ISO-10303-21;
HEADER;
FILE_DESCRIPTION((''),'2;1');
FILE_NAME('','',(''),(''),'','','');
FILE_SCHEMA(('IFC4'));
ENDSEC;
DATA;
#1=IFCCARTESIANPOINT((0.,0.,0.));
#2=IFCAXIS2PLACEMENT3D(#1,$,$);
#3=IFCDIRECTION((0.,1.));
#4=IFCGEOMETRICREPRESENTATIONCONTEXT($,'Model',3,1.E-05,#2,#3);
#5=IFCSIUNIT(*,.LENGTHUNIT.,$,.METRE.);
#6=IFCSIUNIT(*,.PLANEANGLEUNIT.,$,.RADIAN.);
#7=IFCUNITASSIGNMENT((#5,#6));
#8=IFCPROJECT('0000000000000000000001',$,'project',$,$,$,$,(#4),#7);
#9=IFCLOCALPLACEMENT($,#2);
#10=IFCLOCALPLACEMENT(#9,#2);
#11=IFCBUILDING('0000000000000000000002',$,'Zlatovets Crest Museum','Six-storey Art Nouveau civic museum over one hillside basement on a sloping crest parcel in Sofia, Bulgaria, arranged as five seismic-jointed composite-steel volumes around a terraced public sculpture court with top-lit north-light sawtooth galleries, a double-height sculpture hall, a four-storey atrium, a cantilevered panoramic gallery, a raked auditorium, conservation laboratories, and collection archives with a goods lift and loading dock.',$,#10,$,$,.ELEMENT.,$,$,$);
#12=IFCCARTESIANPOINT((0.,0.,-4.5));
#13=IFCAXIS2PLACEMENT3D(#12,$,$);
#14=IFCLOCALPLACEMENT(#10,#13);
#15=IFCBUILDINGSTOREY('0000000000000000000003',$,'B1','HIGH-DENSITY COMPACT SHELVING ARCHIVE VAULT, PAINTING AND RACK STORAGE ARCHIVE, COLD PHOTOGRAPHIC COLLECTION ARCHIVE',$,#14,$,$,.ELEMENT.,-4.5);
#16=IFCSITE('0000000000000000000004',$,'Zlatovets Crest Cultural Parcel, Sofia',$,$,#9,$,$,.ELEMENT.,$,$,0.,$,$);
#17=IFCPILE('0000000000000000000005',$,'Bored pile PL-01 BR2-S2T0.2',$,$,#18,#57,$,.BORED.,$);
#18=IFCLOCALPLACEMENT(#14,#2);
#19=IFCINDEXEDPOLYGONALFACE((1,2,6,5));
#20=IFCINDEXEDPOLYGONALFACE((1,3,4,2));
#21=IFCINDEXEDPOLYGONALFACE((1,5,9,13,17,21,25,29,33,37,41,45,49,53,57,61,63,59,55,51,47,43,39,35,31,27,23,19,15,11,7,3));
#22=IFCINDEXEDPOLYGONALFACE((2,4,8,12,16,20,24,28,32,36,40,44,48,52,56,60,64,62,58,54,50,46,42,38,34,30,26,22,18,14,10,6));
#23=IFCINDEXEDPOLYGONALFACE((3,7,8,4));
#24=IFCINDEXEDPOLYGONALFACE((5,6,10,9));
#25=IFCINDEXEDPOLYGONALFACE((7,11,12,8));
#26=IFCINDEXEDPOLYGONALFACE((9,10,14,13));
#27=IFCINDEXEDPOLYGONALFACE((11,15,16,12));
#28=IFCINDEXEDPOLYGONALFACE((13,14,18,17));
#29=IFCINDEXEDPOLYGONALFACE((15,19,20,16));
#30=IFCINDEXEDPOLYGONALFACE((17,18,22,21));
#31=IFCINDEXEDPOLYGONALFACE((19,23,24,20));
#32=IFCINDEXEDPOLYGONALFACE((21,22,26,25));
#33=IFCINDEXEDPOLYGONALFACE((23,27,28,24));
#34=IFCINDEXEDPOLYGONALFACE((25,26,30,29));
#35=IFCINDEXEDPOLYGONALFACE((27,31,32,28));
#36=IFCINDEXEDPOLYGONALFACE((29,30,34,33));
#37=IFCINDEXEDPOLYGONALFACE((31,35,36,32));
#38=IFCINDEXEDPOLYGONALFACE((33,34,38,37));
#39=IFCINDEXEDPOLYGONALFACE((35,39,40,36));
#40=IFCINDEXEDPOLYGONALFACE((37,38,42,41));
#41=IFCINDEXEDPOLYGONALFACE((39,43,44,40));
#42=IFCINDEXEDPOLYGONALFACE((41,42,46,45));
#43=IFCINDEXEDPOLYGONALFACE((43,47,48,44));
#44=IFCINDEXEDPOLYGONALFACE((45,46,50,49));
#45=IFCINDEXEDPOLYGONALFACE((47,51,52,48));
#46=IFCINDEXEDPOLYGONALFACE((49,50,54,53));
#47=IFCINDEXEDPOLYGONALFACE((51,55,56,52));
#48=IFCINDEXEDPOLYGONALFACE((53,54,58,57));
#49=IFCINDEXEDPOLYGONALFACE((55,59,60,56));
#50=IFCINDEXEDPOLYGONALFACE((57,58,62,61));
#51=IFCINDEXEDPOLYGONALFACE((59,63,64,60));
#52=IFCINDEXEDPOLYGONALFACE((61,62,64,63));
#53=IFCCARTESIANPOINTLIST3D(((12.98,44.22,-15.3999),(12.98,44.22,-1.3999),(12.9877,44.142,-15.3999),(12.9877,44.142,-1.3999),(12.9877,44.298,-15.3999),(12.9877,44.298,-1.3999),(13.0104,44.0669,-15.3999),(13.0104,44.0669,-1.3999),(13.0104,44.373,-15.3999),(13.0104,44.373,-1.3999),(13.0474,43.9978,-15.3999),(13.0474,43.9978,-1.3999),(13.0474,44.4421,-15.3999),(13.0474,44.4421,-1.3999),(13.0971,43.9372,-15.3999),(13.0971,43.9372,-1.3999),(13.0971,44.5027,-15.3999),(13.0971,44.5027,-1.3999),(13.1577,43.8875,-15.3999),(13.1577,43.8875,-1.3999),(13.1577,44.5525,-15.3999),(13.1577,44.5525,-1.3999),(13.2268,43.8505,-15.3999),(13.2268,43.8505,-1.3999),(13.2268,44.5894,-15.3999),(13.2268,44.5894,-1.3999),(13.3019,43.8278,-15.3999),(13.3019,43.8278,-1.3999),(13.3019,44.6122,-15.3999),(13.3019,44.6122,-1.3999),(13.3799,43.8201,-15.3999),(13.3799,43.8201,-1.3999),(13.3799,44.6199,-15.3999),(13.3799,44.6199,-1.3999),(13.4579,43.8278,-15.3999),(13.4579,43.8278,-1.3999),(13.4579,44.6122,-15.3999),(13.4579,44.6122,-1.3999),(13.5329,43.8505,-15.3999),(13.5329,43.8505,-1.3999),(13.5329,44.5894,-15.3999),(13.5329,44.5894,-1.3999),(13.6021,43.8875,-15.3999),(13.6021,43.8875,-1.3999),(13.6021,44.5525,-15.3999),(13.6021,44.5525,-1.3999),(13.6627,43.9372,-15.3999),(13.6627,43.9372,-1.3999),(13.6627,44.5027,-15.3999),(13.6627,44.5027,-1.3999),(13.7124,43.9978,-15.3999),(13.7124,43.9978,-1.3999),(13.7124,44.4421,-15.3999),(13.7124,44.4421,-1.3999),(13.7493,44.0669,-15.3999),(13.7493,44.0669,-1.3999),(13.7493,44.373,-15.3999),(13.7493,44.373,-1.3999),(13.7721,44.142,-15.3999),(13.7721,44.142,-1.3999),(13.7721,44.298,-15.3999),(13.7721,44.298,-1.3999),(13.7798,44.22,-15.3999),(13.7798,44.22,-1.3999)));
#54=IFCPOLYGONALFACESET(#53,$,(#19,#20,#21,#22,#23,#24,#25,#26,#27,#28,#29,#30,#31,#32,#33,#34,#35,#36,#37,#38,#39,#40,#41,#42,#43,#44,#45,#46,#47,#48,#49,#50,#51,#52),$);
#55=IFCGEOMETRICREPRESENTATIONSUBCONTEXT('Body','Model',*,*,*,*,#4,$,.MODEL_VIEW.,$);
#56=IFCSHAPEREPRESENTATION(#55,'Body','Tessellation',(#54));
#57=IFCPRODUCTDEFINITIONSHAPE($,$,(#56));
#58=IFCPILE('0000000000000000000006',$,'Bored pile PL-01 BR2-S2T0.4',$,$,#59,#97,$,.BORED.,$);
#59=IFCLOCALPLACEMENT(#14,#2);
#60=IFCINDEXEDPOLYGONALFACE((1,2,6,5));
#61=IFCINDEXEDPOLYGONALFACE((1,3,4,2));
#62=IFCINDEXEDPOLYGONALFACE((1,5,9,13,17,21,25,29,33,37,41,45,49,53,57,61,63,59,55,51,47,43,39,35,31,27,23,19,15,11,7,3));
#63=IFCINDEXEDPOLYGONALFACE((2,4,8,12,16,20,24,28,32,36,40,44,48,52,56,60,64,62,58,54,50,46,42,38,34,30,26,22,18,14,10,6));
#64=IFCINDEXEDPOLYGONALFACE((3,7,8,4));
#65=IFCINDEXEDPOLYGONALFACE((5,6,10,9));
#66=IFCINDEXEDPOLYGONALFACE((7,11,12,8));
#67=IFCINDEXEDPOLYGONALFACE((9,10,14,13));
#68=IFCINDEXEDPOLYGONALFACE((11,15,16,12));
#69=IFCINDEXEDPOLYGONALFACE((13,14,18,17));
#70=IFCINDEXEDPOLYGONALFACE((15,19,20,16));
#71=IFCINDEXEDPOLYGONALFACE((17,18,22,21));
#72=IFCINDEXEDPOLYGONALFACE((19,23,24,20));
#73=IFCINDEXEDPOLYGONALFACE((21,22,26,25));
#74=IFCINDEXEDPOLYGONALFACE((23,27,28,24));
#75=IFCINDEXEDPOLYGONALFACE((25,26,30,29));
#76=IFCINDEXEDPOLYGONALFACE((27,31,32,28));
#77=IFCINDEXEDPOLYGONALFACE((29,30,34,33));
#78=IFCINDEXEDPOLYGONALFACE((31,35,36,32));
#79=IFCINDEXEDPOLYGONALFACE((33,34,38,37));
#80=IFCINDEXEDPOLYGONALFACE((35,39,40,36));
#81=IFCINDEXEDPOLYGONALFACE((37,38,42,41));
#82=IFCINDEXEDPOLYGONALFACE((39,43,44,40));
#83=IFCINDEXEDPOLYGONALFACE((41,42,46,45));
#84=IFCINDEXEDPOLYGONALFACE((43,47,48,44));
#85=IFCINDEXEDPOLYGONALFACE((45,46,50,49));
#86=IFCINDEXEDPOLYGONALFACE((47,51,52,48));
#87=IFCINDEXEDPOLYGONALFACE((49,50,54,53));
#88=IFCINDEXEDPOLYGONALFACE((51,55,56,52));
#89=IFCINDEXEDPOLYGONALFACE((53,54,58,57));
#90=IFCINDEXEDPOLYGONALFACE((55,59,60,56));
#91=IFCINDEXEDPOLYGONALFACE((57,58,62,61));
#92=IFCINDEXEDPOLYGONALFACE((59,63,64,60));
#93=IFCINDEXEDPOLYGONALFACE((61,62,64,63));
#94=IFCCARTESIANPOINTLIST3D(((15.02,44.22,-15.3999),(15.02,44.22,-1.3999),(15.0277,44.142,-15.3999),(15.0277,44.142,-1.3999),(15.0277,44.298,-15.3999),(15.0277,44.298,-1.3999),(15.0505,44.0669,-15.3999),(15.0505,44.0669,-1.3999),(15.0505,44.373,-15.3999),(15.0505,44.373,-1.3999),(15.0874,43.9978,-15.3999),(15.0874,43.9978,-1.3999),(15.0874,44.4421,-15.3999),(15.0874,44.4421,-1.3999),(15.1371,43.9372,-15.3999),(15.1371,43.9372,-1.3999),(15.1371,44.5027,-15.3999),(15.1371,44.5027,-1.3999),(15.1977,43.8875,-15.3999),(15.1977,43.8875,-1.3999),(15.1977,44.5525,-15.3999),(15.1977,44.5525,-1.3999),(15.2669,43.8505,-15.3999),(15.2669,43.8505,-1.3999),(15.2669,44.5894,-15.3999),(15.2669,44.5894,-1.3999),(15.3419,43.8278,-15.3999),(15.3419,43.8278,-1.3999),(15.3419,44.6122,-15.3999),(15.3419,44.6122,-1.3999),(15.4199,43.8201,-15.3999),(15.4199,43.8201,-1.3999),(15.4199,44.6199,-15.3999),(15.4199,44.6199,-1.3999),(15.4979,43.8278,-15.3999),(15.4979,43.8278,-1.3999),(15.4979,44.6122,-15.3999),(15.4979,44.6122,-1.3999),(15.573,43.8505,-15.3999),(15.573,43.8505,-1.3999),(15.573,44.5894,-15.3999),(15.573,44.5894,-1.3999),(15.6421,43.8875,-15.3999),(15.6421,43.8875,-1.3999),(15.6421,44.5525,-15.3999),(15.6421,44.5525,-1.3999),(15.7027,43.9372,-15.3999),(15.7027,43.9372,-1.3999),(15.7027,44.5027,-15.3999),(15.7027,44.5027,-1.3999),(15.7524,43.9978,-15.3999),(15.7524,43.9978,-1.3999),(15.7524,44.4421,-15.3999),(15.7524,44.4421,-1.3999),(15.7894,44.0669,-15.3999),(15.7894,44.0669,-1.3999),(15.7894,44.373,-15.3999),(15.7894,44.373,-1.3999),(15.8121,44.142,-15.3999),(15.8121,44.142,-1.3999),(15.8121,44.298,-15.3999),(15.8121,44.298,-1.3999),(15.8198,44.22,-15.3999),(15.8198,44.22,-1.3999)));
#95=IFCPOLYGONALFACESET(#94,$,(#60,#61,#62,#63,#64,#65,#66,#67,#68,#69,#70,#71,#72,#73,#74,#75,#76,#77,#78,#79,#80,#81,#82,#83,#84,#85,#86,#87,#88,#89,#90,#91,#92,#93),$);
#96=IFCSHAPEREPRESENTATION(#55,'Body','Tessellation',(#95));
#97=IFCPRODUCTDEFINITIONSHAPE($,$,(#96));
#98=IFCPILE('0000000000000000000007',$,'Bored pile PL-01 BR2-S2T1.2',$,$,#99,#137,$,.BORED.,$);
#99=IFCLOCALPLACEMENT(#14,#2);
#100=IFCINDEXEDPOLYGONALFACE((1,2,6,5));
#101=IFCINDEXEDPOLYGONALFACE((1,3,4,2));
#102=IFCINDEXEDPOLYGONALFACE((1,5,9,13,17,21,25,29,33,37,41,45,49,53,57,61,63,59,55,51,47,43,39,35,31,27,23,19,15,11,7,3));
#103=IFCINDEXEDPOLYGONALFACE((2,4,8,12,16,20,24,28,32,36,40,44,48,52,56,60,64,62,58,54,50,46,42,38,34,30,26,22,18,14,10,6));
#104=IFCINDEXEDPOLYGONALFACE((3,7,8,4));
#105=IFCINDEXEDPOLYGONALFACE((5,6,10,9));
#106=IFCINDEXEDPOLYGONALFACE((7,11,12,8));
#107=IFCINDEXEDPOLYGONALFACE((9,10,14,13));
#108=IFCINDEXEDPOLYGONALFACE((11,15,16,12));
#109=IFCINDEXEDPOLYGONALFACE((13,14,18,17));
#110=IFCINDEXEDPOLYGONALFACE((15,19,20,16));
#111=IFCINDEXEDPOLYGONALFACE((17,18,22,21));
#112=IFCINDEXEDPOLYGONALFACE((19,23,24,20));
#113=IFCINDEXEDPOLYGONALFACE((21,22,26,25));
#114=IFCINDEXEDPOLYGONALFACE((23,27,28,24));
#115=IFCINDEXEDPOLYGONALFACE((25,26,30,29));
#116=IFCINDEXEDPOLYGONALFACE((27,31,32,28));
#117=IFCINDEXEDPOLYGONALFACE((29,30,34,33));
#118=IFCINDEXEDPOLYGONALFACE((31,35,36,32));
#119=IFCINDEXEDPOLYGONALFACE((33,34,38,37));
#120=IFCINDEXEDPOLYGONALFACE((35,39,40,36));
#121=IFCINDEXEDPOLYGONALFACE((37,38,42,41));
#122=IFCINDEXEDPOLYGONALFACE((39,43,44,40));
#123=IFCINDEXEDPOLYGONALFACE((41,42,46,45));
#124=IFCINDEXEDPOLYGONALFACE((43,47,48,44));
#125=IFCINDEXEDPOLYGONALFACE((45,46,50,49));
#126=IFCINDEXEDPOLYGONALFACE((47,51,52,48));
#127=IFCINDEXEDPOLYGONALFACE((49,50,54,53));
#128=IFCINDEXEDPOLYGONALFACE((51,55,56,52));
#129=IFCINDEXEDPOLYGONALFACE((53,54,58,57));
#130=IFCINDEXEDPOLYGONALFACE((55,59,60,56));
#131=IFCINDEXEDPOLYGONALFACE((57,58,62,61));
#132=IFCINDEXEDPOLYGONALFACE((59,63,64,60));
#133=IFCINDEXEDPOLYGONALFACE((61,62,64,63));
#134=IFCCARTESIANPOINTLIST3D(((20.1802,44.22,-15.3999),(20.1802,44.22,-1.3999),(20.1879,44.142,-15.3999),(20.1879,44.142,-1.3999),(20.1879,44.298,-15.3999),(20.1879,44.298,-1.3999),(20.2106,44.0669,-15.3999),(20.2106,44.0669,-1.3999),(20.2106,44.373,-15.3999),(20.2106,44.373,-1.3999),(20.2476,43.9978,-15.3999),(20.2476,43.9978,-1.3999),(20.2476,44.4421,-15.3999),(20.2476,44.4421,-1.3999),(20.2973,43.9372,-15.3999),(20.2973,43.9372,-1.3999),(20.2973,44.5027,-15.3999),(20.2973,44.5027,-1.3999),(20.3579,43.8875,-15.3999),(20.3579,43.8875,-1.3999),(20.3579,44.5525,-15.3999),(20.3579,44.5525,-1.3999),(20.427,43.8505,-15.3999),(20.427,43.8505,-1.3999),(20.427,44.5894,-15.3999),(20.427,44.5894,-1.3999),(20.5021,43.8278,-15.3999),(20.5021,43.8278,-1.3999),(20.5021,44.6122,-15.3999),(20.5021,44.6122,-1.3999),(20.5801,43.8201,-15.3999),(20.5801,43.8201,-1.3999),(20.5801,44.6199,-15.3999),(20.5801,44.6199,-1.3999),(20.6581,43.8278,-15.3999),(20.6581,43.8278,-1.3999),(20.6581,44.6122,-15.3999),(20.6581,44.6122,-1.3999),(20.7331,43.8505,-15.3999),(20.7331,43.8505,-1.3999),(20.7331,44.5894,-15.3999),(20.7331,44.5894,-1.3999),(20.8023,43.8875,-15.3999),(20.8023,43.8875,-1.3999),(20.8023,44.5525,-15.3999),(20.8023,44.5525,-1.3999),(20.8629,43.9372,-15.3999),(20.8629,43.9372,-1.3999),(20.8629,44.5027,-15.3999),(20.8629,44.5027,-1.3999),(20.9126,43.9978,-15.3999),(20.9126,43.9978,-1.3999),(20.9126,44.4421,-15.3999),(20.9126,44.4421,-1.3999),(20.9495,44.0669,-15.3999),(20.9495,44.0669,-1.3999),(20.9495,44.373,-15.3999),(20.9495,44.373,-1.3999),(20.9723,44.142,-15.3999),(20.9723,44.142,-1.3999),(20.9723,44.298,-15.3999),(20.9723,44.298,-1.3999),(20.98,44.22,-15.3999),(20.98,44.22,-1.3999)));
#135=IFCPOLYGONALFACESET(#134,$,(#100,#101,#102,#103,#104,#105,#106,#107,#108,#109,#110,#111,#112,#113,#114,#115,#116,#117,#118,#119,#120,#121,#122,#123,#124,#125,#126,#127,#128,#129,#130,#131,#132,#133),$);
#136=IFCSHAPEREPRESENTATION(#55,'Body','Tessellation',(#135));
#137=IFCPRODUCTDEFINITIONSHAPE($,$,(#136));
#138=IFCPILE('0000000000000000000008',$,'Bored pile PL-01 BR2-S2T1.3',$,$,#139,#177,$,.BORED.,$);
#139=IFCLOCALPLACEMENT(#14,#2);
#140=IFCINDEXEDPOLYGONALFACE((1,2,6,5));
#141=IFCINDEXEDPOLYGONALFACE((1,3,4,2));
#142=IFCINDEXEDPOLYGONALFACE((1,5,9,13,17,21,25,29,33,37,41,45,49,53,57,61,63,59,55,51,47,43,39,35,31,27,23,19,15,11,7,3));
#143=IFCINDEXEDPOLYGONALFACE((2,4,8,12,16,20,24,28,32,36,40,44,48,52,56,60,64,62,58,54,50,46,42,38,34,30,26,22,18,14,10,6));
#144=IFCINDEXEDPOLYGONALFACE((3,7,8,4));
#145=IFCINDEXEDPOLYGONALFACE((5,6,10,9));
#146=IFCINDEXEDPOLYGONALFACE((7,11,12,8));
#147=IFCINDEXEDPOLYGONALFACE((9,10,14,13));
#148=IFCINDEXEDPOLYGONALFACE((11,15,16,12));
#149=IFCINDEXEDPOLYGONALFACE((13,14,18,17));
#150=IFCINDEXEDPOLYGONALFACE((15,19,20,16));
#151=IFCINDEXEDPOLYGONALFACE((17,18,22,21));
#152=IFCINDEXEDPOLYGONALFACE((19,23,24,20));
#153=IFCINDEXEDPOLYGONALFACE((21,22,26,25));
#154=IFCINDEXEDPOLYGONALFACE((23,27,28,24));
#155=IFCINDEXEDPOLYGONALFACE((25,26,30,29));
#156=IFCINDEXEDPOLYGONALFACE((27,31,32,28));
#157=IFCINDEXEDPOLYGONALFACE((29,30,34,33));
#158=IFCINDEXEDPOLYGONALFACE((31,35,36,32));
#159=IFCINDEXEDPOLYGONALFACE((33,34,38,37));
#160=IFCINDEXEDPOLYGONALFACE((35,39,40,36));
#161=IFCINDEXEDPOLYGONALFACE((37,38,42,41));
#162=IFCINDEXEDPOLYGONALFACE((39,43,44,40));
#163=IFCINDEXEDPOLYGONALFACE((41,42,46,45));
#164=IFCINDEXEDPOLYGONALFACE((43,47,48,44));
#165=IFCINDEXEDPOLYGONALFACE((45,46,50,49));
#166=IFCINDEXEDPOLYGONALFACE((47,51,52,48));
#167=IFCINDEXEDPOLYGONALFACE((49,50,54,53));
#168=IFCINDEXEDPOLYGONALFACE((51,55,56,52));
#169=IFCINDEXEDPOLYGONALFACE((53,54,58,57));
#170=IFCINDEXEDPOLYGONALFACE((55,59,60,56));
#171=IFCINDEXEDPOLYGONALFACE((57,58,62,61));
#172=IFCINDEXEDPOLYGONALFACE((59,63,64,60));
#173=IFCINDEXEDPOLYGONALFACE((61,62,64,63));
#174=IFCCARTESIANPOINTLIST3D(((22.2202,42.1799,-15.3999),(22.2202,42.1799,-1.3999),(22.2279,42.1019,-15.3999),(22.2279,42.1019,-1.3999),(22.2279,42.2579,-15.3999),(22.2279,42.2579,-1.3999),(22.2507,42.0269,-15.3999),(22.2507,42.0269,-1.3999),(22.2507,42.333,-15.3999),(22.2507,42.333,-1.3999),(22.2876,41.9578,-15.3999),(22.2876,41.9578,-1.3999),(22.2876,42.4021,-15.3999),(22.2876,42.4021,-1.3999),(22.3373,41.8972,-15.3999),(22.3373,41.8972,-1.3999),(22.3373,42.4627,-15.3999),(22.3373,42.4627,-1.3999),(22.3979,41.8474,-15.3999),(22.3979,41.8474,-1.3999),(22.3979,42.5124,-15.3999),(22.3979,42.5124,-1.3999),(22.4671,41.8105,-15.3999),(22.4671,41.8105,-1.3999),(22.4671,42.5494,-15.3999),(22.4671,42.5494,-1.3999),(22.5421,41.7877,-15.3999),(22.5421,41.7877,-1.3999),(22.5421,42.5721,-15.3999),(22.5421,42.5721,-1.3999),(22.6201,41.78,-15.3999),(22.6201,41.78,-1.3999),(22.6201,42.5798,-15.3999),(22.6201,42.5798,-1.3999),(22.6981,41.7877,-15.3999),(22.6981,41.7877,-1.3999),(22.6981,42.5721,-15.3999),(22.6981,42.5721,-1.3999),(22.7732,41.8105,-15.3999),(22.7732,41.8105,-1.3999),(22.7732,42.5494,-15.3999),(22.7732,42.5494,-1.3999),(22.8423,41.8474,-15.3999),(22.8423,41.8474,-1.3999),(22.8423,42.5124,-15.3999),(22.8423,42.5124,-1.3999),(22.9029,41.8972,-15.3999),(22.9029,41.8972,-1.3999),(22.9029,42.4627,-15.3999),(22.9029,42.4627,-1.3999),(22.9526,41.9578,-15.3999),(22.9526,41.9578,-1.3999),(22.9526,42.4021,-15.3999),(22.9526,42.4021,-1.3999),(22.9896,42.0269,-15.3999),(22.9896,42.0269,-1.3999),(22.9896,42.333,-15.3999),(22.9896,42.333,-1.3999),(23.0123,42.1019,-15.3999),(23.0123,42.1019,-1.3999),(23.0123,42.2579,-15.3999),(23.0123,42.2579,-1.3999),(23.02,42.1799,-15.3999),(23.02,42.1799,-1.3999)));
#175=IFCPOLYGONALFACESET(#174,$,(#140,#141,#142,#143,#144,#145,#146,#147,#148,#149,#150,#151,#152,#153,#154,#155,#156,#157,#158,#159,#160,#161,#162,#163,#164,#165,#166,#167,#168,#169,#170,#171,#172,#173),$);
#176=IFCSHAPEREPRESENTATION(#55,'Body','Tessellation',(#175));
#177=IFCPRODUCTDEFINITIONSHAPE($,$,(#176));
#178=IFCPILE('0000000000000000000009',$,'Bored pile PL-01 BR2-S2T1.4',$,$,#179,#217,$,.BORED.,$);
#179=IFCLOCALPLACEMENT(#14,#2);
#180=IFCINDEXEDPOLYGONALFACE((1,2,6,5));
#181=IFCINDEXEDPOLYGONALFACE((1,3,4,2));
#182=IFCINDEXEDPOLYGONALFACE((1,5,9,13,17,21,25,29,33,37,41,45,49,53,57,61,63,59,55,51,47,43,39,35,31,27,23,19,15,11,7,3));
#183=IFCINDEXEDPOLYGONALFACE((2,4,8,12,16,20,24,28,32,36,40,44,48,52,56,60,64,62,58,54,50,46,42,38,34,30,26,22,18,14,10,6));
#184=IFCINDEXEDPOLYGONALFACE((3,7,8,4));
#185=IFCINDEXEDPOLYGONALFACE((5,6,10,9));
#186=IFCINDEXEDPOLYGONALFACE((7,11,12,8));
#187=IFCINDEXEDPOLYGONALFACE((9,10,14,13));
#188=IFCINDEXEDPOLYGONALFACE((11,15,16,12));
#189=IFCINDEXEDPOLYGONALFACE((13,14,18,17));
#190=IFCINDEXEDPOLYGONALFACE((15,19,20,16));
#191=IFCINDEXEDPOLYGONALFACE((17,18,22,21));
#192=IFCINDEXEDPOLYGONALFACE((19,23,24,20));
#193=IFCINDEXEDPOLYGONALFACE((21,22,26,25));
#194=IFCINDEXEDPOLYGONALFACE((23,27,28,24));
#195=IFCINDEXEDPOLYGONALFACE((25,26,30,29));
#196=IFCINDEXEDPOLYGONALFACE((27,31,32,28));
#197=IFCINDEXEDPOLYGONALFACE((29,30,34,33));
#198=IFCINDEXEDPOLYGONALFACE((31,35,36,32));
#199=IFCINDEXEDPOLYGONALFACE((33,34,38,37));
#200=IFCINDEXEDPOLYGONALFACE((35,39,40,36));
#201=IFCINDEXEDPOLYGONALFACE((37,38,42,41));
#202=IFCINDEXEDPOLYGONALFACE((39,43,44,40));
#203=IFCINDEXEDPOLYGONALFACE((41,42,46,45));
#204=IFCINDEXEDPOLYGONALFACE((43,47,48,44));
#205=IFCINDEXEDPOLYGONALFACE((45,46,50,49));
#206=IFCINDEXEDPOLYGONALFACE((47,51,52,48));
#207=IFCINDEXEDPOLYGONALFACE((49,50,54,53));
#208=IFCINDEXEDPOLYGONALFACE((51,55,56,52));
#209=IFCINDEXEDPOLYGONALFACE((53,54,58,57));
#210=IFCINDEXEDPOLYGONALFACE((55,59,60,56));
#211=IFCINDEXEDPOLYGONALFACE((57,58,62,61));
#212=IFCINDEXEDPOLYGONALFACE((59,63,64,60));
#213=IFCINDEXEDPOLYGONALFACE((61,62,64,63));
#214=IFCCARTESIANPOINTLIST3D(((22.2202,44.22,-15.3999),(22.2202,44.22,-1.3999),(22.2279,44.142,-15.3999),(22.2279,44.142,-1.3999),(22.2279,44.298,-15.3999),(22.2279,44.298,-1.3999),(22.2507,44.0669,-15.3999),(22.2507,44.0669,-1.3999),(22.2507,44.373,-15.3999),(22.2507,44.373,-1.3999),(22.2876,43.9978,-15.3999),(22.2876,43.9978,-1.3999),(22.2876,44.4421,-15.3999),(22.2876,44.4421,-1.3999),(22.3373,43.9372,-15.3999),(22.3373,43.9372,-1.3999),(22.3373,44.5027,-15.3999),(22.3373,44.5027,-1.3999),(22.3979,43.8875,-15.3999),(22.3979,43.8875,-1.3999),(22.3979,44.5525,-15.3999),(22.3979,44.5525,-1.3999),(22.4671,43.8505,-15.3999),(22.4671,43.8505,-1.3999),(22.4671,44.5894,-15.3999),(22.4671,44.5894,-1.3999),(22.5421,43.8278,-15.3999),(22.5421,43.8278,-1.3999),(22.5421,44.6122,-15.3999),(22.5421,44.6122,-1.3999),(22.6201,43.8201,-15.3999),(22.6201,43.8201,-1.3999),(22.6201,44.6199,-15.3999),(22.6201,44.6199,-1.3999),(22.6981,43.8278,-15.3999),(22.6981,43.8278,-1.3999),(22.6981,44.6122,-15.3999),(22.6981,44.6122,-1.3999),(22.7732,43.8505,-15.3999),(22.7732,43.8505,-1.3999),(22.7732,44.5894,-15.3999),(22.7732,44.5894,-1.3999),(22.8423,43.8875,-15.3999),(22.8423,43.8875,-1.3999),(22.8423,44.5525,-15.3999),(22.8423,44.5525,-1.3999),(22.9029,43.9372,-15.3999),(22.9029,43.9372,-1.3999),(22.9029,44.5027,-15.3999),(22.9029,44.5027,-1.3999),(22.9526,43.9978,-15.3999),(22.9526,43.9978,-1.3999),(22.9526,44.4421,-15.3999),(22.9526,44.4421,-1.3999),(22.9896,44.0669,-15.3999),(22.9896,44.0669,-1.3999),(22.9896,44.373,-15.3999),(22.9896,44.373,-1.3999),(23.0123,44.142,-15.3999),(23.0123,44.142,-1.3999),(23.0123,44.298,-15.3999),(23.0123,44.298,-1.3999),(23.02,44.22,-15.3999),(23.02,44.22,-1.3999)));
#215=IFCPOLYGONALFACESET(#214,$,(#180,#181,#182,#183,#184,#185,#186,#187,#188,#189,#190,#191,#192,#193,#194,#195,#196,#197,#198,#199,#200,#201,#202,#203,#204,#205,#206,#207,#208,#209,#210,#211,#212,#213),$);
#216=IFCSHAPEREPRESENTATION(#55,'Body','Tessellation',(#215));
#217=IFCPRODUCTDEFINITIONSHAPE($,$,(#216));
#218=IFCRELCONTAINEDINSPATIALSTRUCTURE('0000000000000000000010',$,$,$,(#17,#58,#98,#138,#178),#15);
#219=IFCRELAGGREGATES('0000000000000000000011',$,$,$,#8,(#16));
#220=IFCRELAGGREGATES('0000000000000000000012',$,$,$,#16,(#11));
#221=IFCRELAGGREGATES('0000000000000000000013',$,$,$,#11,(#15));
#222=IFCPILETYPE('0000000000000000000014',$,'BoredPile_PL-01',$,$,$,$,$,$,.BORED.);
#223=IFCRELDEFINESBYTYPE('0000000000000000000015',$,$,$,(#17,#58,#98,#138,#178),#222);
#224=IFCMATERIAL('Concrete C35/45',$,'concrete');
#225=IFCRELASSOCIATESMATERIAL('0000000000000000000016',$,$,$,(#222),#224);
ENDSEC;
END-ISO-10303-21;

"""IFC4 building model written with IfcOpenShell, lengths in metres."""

from ifc_helpers import new_model, si_unit, direction, frame, origin, origin_2d, place, context, subcontext, project, spatial, circle, extrude, material, material_profile, profile_set, type_object, element, save


model = new_model("IFC4")

# Units and contexts
model_context = context("Model", 3, precision=1e-05, world=origin(), true_north=direction((0.0, 1.0)))
body_context = subcontext(model_context, "Body", "Model", "MODEL_VIEW")
ifc_project = project(units=[si_unit("LENGTHUNIT", "METRE"), si_unit("PLANEANGLEUNIT", "RADIAN")], contexts=[model_context])

# Site, building, storey
site_placement = place(None, origin())
site = spatial("IfcSite", under=ifc_project, at=site_placement, Name="Zlatovets Crest Cultural Parcel, Sofia", CompositionType="ELEMENT", RefElevation=0.0)
building_placement = place(site_placement, origin())
building = spatial("IfcBuilding", under=site, at=building_placement, Name="Zlatovets Crest Museum", Description="Six-storey Art Nouveau civic museum over one hillside basement on a sloping crest parcel in Sofia, Bulgaria, arranged as five seismic-jointed composite-steel volumes around a terraced public sculpture court with top-lit north-light sawtooth galleries, a double-height sculpture hall, a four-storey atrium, a cantilevered panoramic gallery, a raked auditorium, conservation laboratories, and collection archives with a goods lift and loading dock.", CompositionType="ELEMENT")
storey_placement = place(building_placement, frame((0.0, 0.0, -4.5)))
storey = spatial("IfcBuildingStorey", under=building, at=storey_placement, Name="B1", Description="HIGH-DENSITY COMPACT SHELVING ARCHIVE VAULT, PAINTING AND RACK STORAGE ARCHIVE, COLD PHOTOGRAPHIC COLLECTION ARCHIVE", CompositionType="ELEMENT", Elevation=-4.5)

# Piles
ifc_material_1 = material(Name="Concrete C35/45", Category="concrete")
ifc_material_profile_1 = material_profile(ifc_material_1, circle(Radius=0.3999, at=origin_2d()), Name="PILE D800")
ifc_profile_set_1 = profile_set([ifc_material_profile_1], Name="Concrete C35/45")
pile_type_1 = type_object("IfcPileType", Name="BoredPile_PL-01", PredefinedType="BORED", material=ifc_profile_set_1)
for number, where, z_axis, x_axis, name in (
    (1, (13.3799, 44.22, -1.3999), (0.0, 0.0, -1.0), (1.0, 0.0, 0.0), "Bored pile PL-01 BR2-S2T0.2"),
    (2, (15.4199, 44.22, -1.3999), (0.0, 0.0, -1.0), (1.0, 0.0, 0.0), "Bored pile PL-01 BR2-S2T0.4"),
    (3, (20.5801, 44.22, -1.3999), (0.0, 0.0, -1.0), (1.0, 0.0, 0.0), "Bored pile PL-01 BR2-S2T1.2"),
    (4, (22.6201, 42.1799, -1.3999), (0.0, 0.0, -1.0), (1.0, 0.0, 0.0), "Bored pile PL-01 BR2-S2T1.3"),
    (5, (22.6201, 44.22, -1.3999), (0.0, 0.0, -1.0), (1.0, 0.0, 0.0), "Bored pile PL-01 BR2-S2T1.4"),
):
    element("IfcPile", number, at=place(storey_placement, frame(where, z_axis=z_axis, x_axis=x_axis)), inside=storey, type_object=pile_type_1, Name=name, PredefinedType="BORED", context=body_context, shape_type="SweptSolid", body=[
        extrude(circle(Radius=0.3999, at=origin_2d()), origin(), (0.0, 0.0, 1.0), 14.0),
    ])

save(model, "model.ifc")
